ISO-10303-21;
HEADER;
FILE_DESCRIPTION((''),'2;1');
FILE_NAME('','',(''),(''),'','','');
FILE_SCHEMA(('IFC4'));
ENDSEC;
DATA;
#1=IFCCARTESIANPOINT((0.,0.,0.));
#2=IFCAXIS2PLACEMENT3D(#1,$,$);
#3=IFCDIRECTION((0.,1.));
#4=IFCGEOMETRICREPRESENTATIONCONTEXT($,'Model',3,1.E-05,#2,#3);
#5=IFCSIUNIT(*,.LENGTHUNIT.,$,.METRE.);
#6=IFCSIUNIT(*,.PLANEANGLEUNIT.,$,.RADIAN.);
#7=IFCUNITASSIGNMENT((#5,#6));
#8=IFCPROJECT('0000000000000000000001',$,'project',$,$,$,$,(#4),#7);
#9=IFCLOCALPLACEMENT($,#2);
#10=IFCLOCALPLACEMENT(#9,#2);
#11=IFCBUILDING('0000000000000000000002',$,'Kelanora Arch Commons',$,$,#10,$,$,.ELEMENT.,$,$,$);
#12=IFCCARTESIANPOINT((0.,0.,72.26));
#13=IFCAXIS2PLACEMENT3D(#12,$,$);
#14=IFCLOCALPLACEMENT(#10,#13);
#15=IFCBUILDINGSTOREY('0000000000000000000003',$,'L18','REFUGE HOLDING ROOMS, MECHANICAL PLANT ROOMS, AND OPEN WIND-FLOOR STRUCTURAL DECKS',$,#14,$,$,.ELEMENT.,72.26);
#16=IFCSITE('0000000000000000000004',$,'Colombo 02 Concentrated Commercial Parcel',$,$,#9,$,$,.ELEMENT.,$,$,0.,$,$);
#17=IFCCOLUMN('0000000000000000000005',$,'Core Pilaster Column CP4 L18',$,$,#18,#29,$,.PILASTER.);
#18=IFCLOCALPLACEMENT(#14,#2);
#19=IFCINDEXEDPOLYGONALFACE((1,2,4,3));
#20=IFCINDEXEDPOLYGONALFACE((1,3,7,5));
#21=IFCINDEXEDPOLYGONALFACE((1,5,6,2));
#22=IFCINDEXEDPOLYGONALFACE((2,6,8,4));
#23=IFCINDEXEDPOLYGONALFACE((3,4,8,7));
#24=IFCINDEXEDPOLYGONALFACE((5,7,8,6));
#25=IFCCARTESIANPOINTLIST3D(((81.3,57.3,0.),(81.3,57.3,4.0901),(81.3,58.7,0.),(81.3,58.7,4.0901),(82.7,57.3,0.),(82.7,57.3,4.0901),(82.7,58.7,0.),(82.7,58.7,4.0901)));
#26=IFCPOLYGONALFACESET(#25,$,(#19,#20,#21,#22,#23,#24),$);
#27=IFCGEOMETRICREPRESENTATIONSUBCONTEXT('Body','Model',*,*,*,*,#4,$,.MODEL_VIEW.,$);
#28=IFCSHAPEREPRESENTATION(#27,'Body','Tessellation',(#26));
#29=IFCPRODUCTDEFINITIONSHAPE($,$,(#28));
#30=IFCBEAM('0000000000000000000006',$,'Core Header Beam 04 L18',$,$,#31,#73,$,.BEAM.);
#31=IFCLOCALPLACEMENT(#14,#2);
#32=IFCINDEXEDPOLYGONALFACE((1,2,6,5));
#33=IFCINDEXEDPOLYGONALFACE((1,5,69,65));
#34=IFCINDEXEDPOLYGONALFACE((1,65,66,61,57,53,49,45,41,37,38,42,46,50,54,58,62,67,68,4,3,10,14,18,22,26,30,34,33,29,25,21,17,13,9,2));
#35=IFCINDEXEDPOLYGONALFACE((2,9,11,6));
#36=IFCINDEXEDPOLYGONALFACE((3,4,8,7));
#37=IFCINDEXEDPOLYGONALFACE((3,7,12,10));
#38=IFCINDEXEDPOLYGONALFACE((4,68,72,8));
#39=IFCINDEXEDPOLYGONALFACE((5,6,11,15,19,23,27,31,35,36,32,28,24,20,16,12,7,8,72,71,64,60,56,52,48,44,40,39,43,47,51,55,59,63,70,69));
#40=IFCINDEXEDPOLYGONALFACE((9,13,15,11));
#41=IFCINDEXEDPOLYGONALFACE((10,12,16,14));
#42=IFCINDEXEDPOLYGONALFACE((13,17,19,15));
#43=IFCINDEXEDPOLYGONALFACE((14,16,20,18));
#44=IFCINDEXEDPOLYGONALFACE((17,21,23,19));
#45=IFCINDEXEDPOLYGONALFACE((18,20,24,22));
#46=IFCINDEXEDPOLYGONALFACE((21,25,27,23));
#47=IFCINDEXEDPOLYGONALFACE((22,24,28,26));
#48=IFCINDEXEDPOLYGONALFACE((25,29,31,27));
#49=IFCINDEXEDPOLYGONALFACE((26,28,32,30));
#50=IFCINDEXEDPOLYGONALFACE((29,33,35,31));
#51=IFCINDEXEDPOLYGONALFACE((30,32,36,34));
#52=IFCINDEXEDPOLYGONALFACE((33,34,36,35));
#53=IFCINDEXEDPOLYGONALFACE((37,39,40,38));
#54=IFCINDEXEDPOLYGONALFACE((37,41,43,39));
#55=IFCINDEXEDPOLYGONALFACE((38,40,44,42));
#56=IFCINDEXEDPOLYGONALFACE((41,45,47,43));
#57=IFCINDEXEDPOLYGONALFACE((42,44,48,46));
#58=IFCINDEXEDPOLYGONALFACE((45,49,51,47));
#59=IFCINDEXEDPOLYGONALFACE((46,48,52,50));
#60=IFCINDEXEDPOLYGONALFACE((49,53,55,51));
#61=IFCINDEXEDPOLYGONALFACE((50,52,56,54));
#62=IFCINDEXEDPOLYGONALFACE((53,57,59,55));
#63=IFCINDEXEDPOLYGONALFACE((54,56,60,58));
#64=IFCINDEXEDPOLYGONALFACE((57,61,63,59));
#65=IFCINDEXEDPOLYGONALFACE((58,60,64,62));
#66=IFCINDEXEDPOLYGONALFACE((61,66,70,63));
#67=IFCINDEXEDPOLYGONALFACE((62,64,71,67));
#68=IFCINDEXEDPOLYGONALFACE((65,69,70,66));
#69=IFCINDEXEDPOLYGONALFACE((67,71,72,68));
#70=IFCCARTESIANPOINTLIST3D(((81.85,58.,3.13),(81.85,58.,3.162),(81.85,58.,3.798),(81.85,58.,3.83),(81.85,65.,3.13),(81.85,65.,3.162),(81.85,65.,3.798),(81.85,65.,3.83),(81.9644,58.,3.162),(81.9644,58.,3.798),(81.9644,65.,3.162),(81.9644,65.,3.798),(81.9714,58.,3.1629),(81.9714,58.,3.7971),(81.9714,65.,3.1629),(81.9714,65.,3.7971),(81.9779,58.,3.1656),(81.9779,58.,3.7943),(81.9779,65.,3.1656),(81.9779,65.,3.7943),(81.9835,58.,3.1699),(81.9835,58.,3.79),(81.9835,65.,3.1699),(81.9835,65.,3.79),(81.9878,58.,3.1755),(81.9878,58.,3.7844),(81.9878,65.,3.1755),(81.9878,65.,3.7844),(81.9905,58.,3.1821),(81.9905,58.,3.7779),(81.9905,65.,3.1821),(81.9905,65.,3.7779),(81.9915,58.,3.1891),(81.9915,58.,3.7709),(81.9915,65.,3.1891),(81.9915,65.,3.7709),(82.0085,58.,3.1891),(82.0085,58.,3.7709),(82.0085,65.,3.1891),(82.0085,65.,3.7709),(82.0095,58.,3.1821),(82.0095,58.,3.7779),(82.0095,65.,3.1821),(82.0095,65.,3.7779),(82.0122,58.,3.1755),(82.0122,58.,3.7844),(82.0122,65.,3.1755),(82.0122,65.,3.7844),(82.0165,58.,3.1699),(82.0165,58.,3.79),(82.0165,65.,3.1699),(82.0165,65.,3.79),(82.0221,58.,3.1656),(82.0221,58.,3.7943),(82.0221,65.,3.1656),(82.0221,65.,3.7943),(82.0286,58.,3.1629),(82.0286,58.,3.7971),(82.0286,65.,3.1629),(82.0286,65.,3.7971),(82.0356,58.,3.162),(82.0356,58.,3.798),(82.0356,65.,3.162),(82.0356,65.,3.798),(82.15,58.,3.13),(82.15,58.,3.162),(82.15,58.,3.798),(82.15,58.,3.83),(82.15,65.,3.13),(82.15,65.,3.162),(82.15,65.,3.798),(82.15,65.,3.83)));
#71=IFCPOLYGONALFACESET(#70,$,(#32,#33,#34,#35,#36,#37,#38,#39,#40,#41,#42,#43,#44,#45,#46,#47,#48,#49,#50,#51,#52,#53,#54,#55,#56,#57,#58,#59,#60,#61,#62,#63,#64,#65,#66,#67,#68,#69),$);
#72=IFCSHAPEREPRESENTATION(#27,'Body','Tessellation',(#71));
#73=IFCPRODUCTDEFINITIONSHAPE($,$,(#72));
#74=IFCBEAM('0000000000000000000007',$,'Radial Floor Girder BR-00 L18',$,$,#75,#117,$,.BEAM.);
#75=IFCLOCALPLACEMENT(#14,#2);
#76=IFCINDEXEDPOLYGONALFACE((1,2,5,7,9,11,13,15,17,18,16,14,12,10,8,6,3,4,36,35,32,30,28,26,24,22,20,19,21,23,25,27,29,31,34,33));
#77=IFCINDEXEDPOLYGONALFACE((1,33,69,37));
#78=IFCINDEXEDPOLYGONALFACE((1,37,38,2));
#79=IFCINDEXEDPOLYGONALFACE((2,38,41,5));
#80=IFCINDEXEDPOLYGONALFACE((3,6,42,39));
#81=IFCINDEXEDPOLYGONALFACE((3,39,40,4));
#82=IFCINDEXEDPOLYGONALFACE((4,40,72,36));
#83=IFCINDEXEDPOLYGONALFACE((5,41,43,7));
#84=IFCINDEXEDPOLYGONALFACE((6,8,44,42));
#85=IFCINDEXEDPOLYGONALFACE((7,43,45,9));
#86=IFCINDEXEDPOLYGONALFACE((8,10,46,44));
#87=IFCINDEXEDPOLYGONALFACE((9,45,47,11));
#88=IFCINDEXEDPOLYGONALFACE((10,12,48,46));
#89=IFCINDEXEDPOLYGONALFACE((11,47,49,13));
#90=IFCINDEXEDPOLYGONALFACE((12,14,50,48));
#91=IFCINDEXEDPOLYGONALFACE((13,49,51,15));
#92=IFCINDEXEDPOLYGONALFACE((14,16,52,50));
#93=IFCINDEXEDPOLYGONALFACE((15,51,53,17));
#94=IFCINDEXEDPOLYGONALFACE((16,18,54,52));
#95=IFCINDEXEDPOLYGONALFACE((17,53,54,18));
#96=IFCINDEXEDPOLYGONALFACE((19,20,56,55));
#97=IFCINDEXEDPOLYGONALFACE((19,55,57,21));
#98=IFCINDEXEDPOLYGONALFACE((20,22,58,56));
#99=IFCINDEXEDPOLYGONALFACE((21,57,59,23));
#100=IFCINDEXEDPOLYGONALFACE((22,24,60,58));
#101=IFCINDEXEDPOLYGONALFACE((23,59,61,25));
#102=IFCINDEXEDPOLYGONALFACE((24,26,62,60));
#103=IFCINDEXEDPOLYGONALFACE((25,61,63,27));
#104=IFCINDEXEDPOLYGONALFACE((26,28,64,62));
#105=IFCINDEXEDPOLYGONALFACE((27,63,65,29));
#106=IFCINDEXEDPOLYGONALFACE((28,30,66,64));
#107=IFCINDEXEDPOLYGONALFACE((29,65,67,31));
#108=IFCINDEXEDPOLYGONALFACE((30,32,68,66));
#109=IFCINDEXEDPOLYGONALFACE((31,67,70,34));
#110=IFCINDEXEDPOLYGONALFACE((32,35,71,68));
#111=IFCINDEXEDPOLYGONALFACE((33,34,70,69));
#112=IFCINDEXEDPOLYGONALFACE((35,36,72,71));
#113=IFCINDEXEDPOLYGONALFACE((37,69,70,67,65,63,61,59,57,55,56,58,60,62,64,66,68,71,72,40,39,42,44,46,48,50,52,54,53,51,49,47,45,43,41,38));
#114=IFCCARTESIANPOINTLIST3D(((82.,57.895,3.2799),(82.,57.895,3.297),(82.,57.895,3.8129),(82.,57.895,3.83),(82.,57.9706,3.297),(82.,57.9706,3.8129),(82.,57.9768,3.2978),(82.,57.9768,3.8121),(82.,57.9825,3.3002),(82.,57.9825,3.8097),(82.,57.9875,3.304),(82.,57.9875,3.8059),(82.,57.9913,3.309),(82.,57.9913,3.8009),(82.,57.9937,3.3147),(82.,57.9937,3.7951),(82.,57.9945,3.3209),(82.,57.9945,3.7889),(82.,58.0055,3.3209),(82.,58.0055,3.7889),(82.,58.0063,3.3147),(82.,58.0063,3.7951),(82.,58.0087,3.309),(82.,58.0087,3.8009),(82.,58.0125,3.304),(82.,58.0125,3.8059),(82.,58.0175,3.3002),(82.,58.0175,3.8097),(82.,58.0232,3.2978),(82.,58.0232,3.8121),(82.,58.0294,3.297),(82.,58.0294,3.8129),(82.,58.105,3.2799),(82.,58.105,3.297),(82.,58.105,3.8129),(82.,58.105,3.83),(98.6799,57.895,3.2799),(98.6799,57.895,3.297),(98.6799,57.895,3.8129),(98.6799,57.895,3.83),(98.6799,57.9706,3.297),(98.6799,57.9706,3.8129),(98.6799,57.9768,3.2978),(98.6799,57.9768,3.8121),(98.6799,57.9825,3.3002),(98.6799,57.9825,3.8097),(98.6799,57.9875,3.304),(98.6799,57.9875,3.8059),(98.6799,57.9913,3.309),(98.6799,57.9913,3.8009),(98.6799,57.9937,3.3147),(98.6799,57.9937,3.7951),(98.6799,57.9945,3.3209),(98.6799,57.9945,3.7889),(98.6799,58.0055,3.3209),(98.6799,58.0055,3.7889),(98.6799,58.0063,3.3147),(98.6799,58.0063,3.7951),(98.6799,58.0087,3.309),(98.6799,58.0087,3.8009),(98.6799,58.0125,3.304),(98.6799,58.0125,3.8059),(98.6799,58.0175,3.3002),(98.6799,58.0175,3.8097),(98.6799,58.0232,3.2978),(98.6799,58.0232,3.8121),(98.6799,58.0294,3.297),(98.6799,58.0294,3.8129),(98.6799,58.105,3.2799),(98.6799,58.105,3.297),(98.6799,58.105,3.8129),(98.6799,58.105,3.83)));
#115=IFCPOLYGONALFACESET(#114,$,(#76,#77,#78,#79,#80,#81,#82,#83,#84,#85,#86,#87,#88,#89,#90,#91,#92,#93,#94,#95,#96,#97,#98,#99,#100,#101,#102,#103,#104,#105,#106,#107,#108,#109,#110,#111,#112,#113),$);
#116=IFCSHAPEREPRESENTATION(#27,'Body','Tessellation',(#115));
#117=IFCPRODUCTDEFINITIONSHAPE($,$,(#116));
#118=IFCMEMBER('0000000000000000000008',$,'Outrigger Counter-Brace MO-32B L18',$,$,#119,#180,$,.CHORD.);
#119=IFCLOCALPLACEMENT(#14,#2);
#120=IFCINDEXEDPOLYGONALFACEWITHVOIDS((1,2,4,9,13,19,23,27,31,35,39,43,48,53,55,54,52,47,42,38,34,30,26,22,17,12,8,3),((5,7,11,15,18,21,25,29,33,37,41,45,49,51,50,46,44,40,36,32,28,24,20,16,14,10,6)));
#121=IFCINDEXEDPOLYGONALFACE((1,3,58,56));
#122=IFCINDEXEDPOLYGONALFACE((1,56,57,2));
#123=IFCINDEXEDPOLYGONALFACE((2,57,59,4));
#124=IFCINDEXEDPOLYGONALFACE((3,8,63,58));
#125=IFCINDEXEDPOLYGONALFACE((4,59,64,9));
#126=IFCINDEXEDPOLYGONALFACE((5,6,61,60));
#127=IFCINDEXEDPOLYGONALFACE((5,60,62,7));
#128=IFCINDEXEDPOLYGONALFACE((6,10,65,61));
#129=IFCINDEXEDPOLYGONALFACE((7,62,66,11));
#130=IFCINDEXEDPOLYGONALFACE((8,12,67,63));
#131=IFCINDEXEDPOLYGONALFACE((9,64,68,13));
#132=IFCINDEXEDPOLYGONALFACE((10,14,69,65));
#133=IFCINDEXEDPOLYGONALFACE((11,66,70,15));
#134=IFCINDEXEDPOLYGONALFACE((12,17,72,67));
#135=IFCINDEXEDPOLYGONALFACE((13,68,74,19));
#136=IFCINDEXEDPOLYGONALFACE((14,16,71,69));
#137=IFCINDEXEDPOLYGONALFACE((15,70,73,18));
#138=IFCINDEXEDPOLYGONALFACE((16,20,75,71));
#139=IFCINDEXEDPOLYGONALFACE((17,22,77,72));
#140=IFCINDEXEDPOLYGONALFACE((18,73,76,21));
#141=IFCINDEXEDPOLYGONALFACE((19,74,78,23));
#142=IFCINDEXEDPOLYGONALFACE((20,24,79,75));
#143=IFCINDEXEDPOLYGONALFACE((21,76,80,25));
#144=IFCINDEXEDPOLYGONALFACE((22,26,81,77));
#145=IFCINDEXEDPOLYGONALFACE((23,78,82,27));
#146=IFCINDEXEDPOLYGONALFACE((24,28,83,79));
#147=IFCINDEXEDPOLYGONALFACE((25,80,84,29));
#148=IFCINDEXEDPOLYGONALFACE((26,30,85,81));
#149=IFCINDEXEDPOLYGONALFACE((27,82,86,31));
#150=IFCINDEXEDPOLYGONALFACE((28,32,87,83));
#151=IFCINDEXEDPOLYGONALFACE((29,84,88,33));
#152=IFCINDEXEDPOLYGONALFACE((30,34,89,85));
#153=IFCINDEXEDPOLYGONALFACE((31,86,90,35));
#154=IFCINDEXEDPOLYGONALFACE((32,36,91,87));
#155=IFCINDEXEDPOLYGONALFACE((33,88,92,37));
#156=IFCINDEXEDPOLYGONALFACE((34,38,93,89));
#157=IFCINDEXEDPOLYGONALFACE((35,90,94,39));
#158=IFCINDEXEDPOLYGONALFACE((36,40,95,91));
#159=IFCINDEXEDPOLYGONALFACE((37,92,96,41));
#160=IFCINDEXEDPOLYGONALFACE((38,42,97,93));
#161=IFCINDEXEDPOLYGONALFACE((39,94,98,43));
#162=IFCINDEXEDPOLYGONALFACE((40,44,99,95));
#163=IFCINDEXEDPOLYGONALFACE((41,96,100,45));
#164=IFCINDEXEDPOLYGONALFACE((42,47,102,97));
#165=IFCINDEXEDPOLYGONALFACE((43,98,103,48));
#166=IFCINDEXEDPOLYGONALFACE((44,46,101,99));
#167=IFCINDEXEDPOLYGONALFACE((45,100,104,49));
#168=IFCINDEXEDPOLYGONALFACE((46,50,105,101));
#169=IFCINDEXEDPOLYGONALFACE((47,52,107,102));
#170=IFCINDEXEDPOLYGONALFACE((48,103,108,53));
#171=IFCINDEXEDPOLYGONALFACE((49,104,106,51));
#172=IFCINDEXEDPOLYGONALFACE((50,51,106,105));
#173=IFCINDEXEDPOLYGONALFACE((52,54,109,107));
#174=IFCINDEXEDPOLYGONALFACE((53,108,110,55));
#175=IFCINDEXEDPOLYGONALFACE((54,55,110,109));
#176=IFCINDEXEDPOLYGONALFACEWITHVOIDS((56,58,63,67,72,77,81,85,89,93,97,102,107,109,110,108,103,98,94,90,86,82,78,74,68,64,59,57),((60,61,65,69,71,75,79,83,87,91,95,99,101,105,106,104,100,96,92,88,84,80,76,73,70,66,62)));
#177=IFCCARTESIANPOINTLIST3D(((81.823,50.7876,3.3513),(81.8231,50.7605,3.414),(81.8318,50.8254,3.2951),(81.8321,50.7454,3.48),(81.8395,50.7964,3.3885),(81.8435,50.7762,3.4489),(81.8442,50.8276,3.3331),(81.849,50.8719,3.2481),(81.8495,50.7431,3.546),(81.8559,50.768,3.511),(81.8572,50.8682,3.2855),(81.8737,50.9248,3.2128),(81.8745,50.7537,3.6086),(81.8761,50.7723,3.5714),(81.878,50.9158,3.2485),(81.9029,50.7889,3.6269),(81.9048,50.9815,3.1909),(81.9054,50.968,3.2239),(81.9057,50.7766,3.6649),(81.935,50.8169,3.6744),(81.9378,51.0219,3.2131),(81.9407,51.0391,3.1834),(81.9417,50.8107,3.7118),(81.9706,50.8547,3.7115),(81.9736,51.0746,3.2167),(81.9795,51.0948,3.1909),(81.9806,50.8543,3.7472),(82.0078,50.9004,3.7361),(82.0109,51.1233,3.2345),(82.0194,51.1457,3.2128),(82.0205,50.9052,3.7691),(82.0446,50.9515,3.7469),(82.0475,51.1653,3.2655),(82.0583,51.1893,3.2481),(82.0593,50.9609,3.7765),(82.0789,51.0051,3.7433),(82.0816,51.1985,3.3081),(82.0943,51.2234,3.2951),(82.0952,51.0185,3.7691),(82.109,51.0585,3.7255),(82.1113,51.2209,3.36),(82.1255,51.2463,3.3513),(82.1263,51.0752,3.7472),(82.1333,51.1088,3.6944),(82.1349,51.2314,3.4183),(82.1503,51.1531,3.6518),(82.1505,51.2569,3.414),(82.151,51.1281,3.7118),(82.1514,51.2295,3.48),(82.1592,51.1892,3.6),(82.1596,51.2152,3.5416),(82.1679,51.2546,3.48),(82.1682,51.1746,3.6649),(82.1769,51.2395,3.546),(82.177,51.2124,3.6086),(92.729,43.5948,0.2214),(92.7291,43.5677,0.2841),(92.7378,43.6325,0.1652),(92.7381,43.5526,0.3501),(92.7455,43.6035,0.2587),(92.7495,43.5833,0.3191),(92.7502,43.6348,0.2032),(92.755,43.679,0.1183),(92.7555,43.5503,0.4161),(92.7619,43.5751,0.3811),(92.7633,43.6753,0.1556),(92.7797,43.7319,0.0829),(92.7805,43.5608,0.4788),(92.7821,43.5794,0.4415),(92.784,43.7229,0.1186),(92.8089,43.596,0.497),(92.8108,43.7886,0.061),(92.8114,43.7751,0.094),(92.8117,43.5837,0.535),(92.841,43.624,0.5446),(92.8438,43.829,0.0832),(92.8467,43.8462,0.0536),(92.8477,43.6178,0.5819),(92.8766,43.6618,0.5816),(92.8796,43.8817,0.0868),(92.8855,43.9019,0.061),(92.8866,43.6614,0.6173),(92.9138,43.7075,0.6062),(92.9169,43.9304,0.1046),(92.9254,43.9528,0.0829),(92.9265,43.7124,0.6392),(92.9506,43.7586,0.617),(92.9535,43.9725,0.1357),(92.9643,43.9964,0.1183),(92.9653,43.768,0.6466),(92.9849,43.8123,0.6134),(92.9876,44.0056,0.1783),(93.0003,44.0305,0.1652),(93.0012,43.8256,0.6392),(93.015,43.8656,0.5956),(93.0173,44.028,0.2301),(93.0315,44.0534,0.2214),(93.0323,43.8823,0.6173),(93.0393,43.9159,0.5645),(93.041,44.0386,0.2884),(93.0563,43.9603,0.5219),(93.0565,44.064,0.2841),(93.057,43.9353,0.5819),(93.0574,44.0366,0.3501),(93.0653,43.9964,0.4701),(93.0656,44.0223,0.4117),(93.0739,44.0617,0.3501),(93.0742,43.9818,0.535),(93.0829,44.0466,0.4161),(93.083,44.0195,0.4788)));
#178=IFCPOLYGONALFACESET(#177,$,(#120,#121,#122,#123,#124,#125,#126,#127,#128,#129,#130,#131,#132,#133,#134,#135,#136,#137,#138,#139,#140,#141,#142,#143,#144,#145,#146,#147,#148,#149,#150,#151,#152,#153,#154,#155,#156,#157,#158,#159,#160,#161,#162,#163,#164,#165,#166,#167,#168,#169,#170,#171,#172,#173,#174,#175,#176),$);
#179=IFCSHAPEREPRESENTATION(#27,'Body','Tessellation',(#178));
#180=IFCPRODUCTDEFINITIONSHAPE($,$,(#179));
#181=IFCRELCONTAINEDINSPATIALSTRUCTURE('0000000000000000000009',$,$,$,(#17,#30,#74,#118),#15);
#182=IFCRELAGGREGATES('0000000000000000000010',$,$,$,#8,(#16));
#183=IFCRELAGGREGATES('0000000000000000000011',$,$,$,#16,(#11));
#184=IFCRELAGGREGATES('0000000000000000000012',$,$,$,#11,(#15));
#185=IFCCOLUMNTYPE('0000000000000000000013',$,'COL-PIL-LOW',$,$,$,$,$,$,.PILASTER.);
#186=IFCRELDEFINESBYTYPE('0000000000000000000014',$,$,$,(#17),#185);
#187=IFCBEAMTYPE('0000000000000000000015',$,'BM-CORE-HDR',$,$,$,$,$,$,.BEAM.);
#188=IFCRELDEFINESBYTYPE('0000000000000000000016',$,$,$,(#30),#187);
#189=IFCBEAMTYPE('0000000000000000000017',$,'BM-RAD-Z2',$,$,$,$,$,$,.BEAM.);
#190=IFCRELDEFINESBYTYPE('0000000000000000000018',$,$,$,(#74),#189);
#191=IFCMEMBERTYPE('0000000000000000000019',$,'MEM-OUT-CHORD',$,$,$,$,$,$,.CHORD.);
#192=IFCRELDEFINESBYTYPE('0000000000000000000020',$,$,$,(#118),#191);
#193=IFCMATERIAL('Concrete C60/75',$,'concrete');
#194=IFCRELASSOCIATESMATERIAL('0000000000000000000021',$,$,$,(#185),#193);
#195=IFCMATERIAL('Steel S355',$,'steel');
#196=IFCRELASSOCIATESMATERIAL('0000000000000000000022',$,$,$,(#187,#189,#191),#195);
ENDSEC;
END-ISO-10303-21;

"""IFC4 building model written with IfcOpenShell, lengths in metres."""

from ifc_helpers import new_model, si_unit, direction, frame, origin, origin_2d, place, context, subcontext, project, spatial, rectangle, hollow_circle, i_section, extrude, material, material_profile, profile_set, type_object, element, save


model = new_model("IFC4")

# Units and contexts
model_context = context("Model", 3, precision=1e-05, world=origin(), true_north=direction((0.0, 1.0)))
body_context = subcontext(model_context, "Body", "Model", "MODEL_VIEW")
ifc_project = project(units=[si_unit("LENGTHUNIT", "METRE"), si_unit("PLANEANGLEUNIT", "RADIAN")], contexts=[model_context])

# Site, building, storey
site_placement = place(None, origin())
site = spatial("IfcSite", under=ifc_project, at=site_placement, Name="Colombo 02 Concentrated Commercial Parcel", CompositionType="ELEMENT", RefElevation=0.0)
building_placement = place(site_placement, origin())
building = spatial("IfcBuilding", under=site, at=building_placement, Name="Kelanora Arch Commons", CompositionType="ELEMENT")
storey_placement = place(building_placement, frame((0.0, 0.0, 72.26)))
storey = spatial("IfcBuildingStorey", under=building, at=storey_placement, Name="L18", Description="REFUGE HOLDING ROOMS, MECHANICAL PLANT ROOMS, AND OPEN WIND-FLOOR STRUCTURAL DECKS", CompositionType="ELEMENT", Elevation=72.26)

# Column
ifc_material_1 = material(Name="Concrete C60/75", Category="concrete")
ifc_material_profile_1 = material_profile(ifc_material_1, rectangle(XDim=1.3999, YDim=1.3999, at=origin_2d()), Name="RC1400x1400")
ifc_profile_set_1 = profile_set([ifc_material_profile_1], Name="Concrete C60/75")
column_type = type_object("IfcColumnType", Name="COL-PIL-LOW", PredefinedType="PILASTER", material=ifc_profile_set_1)
column_placement = place(storey_placement, frame((82.0, 58.0, 0.0), z_axis=(0.0, 0.0, 1.0), x_axis=(1.0, 0.0, 0.0)))
element("IfcColumn", 1, at=column_placement, inside=storey, type_object=column_type, Name="Core Pilaster Column CP4 L18", PredefinedType="PILASTER", context=body_context, shape_type="SweptSolid", body=[
    extrude(rectangle(XDim=1.3999, YDim=1.3999, at=origin_2d()), origin(), (0.0, 0.0, 1.0), 4.0901),
])

# Beams
ifc_material_2 = material(Name="Steel S355", Category="steel")
ifc_material_profile_2 = material_profile(ifc_material_2, i_section(OverallWidth=0.3, OverallDepth=0.7, WebThickness=0.0171, FlangeThickness=0.032, FilletRadius=0.0271, at=origin_2d()), Name="HEB700")
ifc_profile_set_2 = profile_set([ifc_material_profile_2], Name="Steel S355")
beam_type_1 = type_object("IfcBeamType", Name="BM-CORE-HDR", PredefinedType="BEAM", material=ifc_profile_set_2)
beam_1_placement = place(storey_placement, frame((82.0, 58.0, 3.48), z_axis=(0.0, 1.0, 0.0), x_axis=(-1.0, 0.0, 0.0)))
element("IfcBeam", 2, at=beam_1_placement, inside=storey, type_object=beam_type_1, Name="Core Header Beam 04 L18", PredefinedType="BEAM", context=body_context, shape_type="SweptSolid", body=[
    extrude(i_section(OverallWidth=0.3, OverallDepth=0.7, WebThickness=0.0171, FlangeThickness=0.032, FilletRadius=0.0271, at=origin_2d()), origin(), (0.0, 0.0, 1.0), 7.0),
])
ifc_material_profile_3 = material_profile(ifc_material_2, i_section(OverallWidth=0.21, OverallDepth=0.55, WebThickness=0.011, FlangeThickness=0.0171, FilletRadius=0.0239, at=origin_2d()), Name="IPE550")
ifc_profile_set_3 = profile_set([ifc_material_profile_3], Name="Steel S355")
beam_type_2 = type_object("IfcBeamType", Name="BM-RAD-Z2", PredefinedType="BEAM", material=ifc_profile_set_3)
beam_2_placement = place(storey_placement, frame((82.0, 58.0, 3.5549), z_axis=(1.0, 0.0, 0.0), x_axis=(0.0, 1.0, 0.0)))
element("IfcBeam", 3, at=beam_2_placement, inside=storey, type_object=beam_type_2, Name="Radial Floor Girder BR-00 L18", PredefinedType="BEAM", context=body_context, shape_type="SweptSolid", body=[
    extrude(i_section(OverallWidth=0.21, OverallDepth=0.55, WebThickness=0.011, FlangeThickness=0.0171, FilletRadius=0.0239, at=origin_2d()), origin(), (0.0, 0.0, 1.0), 16.6799),
])

# Member
ifc_material_profile_4 = material_profile(ifc_material_2, hollow_circle(Radius=0.3049, WallThickness=0.03, at=origin_2d()), Name="CHS610x30")
ifc_profile_set_4 = profile_set([ifc_material_profile_4], Name="Steel S355")
member_type_1 = type_object("IfcMemberType", Name="MEM-OUT-CHORD", PredefinedType="CHORD", material=ifc_profile_set_4)
member_1_placement = place(storey_placement, frame((82.0, 51.0, 3.48), z_axis=(0.811816, -0.53542, -0.232981), x_axis=(0.550571, 0.834789, 0.0)))
element("IfcMember", 4, at=member_1_placement, inside=storey, type_object=member_type_1, Name="Outrigger Counter-Brace MO-32B L18", PredefinedType="CHORD", context=body_context, shape_type="SweptSolid", body=[
    extrude(hollow_circle(Radius=0.3049, WallThickness=0.03, at=origin_2d()), origin(), (0.0, 0.0, 1.0), 13.4341),
])

save(model, "model.ifc")
